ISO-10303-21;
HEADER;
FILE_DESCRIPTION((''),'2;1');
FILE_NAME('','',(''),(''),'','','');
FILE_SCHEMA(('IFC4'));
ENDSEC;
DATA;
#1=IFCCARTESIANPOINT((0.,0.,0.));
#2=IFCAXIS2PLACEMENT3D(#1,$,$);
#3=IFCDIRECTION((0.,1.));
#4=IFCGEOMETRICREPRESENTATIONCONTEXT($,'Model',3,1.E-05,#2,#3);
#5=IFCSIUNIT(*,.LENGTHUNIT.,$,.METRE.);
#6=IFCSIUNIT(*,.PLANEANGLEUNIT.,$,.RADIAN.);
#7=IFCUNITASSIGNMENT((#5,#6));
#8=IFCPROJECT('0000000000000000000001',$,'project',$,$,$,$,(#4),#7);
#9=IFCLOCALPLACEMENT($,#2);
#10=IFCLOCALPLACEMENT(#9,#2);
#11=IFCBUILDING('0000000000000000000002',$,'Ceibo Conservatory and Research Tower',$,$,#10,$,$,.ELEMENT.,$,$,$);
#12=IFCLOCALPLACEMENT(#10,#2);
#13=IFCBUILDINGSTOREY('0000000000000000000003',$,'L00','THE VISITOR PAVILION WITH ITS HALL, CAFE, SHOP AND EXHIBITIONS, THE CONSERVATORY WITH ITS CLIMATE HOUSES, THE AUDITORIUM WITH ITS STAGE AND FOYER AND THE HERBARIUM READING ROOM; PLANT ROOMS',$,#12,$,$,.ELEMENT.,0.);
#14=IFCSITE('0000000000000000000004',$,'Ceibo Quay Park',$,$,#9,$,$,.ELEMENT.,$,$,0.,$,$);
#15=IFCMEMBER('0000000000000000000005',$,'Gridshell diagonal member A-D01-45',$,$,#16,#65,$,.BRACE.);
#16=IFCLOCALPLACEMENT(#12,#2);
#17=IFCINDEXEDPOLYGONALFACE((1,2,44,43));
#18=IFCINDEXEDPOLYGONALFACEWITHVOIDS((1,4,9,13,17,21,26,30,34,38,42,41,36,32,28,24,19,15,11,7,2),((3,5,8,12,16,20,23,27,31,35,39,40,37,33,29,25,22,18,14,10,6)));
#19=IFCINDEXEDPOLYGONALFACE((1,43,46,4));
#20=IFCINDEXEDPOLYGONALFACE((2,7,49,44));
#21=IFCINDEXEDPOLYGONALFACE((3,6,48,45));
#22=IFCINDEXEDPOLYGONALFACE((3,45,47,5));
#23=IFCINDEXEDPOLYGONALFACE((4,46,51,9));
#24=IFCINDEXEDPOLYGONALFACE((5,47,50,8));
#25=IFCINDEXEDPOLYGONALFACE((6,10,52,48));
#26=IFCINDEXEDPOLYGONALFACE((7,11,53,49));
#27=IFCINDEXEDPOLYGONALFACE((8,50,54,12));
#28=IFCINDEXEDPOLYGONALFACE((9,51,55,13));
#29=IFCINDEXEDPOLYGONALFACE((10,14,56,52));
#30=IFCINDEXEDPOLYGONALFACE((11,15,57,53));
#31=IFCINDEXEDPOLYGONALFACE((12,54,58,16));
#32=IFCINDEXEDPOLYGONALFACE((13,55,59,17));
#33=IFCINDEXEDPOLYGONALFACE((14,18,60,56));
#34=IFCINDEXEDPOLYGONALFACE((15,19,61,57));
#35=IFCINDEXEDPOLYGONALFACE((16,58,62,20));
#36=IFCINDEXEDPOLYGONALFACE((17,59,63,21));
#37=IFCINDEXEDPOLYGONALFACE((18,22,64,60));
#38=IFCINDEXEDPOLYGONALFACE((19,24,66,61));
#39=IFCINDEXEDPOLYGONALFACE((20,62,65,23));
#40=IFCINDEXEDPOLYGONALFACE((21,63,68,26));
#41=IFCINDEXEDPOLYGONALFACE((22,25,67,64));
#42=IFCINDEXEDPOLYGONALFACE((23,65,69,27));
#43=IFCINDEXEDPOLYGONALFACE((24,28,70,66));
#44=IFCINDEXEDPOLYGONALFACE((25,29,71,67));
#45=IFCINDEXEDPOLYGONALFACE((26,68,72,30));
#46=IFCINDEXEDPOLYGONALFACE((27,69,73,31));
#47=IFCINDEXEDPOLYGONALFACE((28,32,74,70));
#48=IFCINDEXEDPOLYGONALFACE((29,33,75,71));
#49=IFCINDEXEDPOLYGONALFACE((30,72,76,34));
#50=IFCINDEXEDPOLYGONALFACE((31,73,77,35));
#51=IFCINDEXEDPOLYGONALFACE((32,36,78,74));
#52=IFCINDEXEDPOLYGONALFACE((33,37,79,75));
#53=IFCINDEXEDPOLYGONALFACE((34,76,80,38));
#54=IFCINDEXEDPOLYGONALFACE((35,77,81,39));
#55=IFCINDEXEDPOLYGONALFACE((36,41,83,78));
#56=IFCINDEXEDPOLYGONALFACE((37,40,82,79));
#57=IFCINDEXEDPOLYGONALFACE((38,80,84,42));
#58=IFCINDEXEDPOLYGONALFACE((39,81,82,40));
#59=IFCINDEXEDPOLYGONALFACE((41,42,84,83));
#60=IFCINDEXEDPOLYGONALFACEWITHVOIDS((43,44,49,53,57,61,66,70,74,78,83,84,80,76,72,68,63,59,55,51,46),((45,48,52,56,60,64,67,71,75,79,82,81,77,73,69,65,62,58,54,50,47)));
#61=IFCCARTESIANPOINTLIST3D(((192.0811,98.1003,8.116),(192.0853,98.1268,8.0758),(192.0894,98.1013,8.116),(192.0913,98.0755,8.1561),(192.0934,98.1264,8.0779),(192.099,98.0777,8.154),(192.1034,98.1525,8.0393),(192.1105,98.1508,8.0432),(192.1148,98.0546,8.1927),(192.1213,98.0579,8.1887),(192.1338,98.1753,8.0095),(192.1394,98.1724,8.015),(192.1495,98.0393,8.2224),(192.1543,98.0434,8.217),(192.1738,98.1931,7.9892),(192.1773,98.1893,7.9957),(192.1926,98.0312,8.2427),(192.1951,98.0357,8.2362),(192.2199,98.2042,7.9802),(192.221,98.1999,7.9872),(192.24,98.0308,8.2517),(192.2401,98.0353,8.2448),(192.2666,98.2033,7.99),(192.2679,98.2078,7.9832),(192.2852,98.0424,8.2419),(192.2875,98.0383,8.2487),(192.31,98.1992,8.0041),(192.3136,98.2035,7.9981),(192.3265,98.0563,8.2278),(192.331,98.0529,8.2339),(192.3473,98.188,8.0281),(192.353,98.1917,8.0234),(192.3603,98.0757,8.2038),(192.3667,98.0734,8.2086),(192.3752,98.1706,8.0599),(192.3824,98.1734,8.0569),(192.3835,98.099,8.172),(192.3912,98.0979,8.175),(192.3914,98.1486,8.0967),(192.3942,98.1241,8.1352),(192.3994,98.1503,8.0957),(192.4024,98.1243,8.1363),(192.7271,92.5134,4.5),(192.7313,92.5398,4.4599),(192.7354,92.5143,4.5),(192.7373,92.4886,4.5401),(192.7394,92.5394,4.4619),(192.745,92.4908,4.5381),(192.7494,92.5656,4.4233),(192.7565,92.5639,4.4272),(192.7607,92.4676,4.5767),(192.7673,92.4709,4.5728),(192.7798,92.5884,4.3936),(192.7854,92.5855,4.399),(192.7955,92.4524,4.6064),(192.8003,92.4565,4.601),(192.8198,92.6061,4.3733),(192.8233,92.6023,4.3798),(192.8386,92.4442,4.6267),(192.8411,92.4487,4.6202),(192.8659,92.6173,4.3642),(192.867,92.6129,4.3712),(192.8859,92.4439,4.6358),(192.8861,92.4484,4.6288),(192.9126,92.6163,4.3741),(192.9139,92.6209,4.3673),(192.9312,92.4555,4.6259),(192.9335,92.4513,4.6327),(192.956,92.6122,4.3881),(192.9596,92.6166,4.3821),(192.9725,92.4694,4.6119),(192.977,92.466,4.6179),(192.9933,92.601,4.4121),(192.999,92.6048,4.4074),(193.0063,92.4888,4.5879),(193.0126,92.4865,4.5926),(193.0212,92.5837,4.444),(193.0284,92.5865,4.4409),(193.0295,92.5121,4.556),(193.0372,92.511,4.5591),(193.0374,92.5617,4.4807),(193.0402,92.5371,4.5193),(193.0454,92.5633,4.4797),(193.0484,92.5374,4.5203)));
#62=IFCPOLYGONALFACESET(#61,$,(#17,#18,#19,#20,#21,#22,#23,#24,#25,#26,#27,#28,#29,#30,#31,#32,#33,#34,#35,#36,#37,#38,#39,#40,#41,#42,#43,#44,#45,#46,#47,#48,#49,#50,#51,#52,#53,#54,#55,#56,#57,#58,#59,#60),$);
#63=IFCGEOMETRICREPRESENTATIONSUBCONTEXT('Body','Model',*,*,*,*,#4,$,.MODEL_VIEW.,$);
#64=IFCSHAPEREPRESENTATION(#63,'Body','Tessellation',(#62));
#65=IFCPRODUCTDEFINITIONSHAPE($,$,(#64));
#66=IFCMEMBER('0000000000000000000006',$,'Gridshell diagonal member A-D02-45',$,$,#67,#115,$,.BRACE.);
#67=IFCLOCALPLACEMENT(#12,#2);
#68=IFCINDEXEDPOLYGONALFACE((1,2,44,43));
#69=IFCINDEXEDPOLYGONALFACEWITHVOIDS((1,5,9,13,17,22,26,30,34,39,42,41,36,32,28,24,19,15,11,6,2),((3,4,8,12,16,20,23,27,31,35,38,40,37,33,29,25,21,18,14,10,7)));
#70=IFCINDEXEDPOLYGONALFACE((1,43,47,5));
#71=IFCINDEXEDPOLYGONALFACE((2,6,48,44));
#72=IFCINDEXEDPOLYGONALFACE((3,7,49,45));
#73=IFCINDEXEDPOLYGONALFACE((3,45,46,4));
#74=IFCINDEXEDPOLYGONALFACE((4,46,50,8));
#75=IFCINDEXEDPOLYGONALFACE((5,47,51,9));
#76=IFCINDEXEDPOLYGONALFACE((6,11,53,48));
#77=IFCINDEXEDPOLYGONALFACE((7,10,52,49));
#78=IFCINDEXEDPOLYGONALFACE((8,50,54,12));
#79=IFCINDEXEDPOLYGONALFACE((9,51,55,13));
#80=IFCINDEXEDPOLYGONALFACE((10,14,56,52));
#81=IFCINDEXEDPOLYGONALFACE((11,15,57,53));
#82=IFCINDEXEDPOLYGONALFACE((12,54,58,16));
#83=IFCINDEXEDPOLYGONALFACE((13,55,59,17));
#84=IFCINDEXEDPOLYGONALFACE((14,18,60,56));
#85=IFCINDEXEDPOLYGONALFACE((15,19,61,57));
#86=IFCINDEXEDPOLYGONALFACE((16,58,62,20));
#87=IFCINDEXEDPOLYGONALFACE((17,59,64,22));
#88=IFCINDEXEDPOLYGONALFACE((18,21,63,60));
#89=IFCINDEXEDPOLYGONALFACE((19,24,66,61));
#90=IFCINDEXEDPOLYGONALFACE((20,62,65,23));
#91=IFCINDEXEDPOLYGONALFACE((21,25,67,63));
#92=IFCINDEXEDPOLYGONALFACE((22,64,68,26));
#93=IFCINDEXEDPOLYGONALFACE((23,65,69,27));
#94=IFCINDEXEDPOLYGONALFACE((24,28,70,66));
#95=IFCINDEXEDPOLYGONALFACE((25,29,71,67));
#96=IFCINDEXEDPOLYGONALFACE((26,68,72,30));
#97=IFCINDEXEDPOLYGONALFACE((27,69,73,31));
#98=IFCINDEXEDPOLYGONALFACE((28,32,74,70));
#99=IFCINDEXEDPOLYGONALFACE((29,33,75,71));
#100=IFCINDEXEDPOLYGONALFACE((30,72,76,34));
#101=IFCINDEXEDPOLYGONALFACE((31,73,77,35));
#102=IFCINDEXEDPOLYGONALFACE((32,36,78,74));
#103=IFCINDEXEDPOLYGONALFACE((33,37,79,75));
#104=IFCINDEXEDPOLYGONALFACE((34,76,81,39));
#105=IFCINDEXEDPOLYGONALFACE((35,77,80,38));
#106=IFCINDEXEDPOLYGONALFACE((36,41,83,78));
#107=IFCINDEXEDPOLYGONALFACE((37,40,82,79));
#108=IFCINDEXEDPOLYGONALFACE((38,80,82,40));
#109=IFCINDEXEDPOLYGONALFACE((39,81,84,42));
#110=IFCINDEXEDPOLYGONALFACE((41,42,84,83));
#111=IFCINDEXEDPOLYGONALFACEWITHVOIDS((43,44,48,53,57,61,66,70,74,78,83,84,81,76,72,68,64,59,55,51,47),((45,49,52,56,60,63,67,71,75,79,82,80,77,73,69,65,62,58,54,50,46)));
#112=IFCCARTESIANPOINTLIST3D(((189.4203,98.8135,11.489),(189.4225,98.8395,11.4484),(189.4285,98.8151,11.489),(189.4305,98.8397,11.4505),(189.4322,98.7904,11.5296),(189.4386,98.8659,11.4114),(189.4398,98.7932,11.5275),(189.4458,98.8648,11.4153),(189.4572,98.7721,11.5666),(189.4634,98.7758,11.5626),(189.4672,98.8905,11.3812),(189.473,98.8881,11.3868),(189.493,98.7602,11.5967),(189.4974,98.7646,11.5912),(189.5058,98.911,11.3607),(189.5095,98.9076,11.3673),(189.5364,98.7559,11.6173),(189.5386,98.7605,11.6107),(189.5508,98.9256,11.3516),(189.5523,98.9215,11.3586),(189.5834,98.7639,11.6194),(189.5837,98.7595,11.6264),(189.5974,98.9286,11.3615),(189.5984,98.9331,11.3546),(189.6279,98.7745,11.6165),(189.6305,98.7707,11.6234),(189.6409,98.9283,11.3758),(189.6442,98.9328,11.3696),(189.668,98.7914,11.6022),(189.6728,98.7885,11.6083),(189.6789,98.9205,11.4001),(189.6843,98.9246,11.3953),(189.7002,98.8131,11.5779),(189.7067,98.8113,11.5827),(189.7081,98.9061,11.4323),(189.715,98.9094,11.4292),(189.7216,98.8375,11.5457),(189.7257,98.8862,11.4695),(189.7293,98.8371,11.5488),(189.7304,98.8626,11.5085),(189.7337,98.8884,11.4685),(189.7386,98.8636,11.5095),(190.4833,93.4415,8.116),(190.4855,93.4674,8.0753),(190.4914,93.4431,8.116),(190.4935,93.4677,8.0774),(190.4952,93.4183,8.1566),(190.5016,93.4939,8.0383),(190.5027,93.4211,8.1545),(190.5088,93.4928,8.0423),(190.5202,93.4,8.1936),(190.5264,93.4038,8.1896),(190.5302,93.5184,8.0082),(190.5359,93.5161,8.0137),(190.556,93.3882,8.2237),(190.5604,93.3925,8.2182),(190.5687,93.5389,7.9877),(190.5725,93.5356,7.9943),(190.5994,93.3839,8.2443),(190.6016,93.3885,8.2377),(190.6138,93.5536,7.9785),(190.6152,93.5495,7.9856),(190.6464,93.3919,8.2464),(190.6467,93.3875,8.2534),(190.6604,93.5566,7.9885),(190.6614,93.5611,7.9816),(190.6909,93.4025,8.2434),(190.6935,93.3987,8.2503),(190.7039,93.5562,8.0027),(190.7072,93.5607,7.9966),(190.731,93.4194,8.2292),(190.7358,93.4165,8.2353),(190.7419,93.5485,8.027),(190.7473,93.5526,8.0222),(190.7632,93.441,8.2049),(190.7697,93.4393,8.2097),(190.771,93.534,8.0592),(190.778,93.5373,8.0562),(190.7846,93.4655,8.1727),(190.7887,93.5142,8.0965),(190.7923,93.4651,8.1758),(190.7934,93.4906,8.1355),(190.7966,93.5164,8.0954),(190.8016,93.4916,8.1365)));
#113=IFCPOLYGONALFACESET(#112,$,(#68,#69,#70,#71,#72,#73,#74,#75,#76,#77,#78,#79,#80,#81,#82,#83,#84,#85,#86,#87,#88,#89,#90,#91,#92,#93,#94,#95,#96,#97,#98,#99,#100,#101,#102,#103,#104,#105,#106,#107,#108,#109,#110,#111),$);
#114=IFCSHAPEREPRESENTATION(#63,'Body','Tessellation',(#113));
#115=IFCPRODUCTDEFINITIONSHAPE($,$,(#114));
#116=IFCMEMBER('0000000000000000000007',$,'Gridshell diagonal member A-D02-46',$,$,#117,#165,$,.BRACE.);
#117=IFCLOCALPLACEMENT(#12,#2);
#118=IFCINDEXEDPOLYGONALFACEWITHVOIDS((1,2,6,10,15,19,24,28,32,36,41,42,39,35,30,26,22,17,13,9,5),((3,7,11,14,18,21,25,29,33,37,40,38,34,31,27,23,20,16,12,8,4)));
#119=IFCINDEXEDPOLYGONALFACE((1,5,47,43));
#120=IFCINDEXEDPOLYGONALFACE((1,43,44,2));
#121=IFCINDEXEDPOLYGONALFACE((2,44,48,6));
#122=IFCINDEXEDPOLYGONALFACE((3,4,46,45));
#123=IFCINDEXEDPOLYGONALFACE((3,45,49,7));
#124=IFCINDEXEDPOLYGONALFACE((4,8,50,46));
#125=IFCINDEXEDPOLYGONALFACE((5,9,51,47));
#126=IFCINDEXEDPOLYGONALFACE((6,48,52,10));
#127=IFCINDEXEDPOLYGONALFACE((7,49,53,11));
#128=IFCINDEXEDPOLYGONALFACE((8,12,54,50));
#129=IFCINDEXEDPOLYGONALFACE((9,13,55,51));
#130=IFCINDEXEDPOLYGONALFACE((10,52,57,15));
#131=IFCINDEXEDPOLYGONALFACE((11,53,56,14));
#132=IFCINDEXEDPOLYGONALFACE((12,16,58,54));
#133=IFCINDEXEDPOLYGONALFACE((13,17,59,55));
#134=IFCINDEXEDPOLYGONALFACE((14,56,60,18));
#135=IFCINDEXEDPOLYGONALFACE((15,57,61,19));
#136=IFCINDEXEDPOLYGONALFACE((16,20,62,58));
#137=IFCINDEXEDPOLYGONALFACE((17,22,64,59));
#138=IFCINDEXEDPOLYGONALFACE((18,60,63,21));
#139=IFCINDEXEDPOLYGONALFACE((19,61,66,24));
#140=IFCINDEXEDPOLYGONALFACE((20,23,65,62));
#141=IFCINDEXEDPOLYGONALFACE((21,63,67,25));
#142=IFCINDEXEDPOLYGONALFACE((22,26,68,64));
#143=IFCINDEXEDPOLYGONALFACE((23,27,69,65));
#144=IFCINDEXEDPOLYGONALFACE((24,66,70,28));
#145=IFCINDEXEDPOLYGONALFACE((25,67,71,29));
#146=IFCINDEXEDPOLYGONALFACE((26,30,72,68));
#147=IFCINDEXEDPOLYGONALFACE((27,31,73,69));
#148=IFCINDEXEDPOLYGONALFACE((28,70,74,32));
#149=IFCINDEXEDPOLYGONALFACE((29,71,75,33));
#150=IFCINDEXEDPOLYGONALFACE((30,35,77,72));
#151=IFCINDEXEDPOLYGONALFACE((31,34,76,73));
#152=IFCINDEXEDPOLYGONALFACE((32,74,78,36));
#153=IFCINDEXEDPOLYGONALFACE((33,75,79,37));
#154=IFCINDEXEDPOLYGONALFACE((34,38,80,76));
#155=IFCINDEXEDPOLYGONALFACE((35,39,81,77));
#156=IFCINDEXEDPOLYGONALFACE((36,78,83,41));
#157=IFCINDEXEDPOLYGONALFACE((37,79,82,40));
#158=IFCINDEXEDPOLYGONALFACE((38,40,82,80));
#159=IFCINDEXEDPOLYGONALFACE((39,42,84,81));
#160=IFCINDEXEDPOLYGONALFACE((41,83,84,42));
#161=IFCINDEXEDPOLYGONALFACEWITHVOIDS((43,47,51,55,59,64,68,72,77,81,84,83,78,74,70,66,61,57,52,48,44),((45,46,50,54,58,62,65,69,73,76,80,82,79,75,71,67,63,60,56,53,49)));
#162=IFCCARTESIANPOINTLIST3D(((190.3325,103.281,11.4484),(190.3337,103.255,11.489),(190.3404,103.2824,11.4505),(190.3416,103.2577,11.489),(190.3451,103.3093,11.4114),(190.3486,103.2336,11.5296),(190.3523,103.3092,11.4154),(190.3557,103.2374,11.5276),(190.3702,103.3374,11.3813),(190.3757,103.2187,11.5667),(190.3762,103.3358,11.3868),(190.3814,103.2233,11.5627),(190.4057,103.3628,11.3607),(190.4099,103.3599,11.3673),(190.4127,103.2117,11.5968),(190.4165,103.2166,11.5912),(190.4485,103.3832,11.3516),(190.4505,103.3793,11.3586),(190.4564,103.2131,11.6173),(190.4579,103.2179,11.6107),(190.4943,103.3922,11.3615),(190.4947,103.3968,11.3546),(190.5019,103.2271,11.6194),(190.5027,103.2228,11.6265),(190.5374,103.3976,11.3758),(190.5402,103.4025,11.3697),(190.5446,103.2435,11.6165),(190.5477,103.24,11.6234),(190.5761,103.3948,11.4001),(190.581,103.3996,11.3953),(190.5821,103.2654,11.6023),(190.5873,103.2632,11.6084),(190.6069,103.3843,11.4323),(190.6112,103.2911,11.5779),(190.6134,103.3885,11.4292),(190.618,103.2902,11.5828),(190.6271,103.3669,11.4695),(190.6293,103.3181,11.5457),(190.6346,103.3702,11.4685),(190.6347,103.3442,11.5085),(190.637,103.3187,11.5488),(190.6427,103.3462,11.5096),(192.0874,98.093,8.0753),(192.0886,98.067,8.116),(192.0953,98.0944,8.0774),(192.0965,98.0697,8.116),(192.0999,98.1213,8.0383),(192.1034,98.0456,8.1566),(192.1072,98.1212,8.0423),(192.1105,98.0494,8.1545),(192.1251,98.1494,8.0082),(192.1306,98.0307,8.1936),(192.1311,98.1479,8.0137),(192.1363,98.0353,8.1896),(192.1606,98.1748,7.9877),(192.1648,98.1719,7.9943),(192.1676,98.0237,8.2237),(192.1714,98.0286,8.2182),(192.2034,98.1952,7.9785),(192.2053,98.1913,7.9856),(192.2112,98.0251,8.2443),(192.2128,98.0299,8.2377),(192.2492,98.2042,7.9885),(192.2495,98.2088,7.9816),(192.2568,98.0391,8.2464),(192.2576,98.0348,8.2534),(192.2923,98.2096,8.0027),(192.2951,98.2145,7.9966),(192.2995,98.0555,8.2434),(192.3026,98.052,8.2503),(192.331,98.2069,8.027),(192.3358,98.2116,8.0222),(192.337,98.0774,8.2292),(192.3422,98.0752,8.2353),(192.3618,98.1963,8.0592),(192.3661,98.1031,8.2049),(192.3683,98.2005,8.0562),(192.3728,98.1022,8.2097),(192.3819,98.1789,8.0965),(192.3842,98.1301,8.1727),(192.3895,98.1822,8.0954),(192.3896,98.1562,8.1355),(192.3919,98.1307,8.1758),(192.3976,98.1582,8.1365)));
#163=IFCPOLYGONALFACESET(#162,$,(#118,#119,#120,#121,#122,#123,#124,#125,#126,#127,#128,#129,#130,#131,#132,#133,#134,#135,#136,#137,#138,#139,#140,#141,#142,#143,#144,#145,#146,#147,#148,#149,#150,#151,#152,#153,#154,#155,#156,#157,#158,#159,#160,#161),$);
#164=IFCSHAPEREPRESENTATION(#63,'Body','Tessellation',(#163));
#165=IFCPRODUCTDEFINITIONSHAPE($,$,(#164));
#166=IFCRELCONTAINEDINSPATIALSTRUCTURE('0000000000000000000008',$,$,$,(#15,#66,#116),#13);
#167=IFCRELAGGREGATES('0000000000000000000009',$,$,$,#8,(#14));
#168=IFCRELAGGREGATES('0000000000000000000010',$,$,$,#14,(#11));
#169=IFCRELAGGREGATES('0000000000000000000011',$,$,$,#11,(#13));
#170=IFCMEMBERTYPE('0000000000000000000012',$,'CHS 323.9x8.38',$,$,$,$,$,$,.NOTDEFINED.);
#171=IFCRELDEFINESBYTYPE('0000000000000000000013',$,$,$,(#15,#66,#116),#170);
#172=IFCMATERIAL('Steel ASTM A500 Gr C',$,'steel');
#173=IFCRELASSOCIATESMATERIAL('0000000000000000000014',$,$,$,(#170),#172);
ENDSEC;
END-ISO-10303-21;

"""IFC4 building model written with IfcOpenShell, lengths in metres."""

from ifc_helpers import new_model, si_unit, direction, frame, origin, origin_2d, place, context, subcontext, project, spatial, hollow_circle, extrude, material, material_profile, profile_set, type_object, element, save


model = new_model("IFC4")

# Units and contexts
model_context = context("Model", 3, precision=1e-05, world=origin(), true_north=direction((0.0, 1.0)))
body_context = subcontext(model_context, "Body", "Model", "MODEL_VIEW")
ifc_project = project(units=[si_unit("LENGTHUNIT", "METRE"), si_unit("PLANEANGLEUNIT", "RADIAN")], contexts=[model_context])

# Site, building, storey
site_placement = place(None, origin())
site = spatial("IfcSite", under=ifc_project, at=site_placement, Name="Ceibo Quay Park", CompositionType="ELEMENT", RefElevation=0.0)
building_placement = place(site_placement, origin())
building = spatial("IfcBuilding", under=site, at=building_placement, Name="Ceibo Conservatory and Research Tower", CompositionType="ELEMENT")
storey_placement = place(building_placement, origin())
storey = spatial("IfcBuildingStorey", under=building, at=storey_placement, Name="L00", Description="THE VISITOR PAVILION WITH ITS HALL, CAFE, SHOP AND EXHIBITIONS, THE CONSERVATORY WITH ITS CLIMATE HOUSES, THE AUDITORIUM WITH ITS STAGE AND FOYER AND THE HERBARIUM READING ROOM; PLANT ROOMS", CompositionType="ELEMENT", Elevation=0.0)

# Members
ifc_material_1 = material(Name="Steel ASTM A500 Gr C", Category="steel")
ifc_material_profile_1 = material_profile(ifc_material_1, hollow_circle(Radius=0.1619, WallThickness=0.0083, at=origin_2d()), Name="CHS 323.9x8.38")
ifc_profile_set_1 = profile_set([ifc_material_profile_1], Name="Steel ASTM A500 Gr C")
member_type_1 = type_object("IfcMemberType", Name="CHS 323.9x8.38", PredefinedType="NOTDEFINED", material=ifc_profile_set_1)
member_1_placement = place(storey_placement, frame((192.8879, 92.532, 4.5), z_axis=(-0.096615, 0.835581, 0.540805), x_axis=(-0.993382, -0.114861, 0.0)))
element("IfcMember", 1, at=member_1_placement, inside=storey, type_object=member_type_1, Name="Gridshell diagonal member A-D01-45", PredefinedType="BRACE", context=body_context, shape_type="SweptSolid", body=[
    extrude(hollow_circle(Radius=0.1619, WallThickness=0.0083, at=origin_2d()), origin(), (0.0, 0.0, 1.0), 6.6863),
])
member_2_placement = place(storey_placement, frame((190.6421, 93.4729, 8.116), z_axis=(-0.165274, 0.835251, 0.524442), x_axis=(-0.98098, -0.19411, 0.0)))
element("IfcMember", 2, at=member_2_placement, inside=storey, type_object=member_type_1, Name="Gridshell diagonal member A-D02-45", PredefinedType="BRACE", context=body_context, shape_type="SweptSolid", body=[
    extrude(hollow_circle(Radius=0.1619, WallThickness=0.0083, at=origin_2d()), origin(), (0.0, 0.0, 1.0), 6.4316),
])
member_3_placement = place(storey_placement, frame((192.2419, 98.1189, 8.116), z_axis=(-0.272831, 0.806574, 0.524406), x_axis=(-0.947274, -0.320424, 0.0)))
element("IfcMember", 3, at=member_3_placement, inside=storey, type_object=member_type_1, Name="Gridshell diagonal member A-D02-46", PredefinedType="BRACE", context=body_context, shape_type="SweptSolid", body=[
    extrude(hollow_circle(Radius=0.1619, WallThickness=0.0083, at=origin_2d()), origin(), (0.0, 0.0, 1.0), 6.4321),
])

save(model, "model.ifc")
